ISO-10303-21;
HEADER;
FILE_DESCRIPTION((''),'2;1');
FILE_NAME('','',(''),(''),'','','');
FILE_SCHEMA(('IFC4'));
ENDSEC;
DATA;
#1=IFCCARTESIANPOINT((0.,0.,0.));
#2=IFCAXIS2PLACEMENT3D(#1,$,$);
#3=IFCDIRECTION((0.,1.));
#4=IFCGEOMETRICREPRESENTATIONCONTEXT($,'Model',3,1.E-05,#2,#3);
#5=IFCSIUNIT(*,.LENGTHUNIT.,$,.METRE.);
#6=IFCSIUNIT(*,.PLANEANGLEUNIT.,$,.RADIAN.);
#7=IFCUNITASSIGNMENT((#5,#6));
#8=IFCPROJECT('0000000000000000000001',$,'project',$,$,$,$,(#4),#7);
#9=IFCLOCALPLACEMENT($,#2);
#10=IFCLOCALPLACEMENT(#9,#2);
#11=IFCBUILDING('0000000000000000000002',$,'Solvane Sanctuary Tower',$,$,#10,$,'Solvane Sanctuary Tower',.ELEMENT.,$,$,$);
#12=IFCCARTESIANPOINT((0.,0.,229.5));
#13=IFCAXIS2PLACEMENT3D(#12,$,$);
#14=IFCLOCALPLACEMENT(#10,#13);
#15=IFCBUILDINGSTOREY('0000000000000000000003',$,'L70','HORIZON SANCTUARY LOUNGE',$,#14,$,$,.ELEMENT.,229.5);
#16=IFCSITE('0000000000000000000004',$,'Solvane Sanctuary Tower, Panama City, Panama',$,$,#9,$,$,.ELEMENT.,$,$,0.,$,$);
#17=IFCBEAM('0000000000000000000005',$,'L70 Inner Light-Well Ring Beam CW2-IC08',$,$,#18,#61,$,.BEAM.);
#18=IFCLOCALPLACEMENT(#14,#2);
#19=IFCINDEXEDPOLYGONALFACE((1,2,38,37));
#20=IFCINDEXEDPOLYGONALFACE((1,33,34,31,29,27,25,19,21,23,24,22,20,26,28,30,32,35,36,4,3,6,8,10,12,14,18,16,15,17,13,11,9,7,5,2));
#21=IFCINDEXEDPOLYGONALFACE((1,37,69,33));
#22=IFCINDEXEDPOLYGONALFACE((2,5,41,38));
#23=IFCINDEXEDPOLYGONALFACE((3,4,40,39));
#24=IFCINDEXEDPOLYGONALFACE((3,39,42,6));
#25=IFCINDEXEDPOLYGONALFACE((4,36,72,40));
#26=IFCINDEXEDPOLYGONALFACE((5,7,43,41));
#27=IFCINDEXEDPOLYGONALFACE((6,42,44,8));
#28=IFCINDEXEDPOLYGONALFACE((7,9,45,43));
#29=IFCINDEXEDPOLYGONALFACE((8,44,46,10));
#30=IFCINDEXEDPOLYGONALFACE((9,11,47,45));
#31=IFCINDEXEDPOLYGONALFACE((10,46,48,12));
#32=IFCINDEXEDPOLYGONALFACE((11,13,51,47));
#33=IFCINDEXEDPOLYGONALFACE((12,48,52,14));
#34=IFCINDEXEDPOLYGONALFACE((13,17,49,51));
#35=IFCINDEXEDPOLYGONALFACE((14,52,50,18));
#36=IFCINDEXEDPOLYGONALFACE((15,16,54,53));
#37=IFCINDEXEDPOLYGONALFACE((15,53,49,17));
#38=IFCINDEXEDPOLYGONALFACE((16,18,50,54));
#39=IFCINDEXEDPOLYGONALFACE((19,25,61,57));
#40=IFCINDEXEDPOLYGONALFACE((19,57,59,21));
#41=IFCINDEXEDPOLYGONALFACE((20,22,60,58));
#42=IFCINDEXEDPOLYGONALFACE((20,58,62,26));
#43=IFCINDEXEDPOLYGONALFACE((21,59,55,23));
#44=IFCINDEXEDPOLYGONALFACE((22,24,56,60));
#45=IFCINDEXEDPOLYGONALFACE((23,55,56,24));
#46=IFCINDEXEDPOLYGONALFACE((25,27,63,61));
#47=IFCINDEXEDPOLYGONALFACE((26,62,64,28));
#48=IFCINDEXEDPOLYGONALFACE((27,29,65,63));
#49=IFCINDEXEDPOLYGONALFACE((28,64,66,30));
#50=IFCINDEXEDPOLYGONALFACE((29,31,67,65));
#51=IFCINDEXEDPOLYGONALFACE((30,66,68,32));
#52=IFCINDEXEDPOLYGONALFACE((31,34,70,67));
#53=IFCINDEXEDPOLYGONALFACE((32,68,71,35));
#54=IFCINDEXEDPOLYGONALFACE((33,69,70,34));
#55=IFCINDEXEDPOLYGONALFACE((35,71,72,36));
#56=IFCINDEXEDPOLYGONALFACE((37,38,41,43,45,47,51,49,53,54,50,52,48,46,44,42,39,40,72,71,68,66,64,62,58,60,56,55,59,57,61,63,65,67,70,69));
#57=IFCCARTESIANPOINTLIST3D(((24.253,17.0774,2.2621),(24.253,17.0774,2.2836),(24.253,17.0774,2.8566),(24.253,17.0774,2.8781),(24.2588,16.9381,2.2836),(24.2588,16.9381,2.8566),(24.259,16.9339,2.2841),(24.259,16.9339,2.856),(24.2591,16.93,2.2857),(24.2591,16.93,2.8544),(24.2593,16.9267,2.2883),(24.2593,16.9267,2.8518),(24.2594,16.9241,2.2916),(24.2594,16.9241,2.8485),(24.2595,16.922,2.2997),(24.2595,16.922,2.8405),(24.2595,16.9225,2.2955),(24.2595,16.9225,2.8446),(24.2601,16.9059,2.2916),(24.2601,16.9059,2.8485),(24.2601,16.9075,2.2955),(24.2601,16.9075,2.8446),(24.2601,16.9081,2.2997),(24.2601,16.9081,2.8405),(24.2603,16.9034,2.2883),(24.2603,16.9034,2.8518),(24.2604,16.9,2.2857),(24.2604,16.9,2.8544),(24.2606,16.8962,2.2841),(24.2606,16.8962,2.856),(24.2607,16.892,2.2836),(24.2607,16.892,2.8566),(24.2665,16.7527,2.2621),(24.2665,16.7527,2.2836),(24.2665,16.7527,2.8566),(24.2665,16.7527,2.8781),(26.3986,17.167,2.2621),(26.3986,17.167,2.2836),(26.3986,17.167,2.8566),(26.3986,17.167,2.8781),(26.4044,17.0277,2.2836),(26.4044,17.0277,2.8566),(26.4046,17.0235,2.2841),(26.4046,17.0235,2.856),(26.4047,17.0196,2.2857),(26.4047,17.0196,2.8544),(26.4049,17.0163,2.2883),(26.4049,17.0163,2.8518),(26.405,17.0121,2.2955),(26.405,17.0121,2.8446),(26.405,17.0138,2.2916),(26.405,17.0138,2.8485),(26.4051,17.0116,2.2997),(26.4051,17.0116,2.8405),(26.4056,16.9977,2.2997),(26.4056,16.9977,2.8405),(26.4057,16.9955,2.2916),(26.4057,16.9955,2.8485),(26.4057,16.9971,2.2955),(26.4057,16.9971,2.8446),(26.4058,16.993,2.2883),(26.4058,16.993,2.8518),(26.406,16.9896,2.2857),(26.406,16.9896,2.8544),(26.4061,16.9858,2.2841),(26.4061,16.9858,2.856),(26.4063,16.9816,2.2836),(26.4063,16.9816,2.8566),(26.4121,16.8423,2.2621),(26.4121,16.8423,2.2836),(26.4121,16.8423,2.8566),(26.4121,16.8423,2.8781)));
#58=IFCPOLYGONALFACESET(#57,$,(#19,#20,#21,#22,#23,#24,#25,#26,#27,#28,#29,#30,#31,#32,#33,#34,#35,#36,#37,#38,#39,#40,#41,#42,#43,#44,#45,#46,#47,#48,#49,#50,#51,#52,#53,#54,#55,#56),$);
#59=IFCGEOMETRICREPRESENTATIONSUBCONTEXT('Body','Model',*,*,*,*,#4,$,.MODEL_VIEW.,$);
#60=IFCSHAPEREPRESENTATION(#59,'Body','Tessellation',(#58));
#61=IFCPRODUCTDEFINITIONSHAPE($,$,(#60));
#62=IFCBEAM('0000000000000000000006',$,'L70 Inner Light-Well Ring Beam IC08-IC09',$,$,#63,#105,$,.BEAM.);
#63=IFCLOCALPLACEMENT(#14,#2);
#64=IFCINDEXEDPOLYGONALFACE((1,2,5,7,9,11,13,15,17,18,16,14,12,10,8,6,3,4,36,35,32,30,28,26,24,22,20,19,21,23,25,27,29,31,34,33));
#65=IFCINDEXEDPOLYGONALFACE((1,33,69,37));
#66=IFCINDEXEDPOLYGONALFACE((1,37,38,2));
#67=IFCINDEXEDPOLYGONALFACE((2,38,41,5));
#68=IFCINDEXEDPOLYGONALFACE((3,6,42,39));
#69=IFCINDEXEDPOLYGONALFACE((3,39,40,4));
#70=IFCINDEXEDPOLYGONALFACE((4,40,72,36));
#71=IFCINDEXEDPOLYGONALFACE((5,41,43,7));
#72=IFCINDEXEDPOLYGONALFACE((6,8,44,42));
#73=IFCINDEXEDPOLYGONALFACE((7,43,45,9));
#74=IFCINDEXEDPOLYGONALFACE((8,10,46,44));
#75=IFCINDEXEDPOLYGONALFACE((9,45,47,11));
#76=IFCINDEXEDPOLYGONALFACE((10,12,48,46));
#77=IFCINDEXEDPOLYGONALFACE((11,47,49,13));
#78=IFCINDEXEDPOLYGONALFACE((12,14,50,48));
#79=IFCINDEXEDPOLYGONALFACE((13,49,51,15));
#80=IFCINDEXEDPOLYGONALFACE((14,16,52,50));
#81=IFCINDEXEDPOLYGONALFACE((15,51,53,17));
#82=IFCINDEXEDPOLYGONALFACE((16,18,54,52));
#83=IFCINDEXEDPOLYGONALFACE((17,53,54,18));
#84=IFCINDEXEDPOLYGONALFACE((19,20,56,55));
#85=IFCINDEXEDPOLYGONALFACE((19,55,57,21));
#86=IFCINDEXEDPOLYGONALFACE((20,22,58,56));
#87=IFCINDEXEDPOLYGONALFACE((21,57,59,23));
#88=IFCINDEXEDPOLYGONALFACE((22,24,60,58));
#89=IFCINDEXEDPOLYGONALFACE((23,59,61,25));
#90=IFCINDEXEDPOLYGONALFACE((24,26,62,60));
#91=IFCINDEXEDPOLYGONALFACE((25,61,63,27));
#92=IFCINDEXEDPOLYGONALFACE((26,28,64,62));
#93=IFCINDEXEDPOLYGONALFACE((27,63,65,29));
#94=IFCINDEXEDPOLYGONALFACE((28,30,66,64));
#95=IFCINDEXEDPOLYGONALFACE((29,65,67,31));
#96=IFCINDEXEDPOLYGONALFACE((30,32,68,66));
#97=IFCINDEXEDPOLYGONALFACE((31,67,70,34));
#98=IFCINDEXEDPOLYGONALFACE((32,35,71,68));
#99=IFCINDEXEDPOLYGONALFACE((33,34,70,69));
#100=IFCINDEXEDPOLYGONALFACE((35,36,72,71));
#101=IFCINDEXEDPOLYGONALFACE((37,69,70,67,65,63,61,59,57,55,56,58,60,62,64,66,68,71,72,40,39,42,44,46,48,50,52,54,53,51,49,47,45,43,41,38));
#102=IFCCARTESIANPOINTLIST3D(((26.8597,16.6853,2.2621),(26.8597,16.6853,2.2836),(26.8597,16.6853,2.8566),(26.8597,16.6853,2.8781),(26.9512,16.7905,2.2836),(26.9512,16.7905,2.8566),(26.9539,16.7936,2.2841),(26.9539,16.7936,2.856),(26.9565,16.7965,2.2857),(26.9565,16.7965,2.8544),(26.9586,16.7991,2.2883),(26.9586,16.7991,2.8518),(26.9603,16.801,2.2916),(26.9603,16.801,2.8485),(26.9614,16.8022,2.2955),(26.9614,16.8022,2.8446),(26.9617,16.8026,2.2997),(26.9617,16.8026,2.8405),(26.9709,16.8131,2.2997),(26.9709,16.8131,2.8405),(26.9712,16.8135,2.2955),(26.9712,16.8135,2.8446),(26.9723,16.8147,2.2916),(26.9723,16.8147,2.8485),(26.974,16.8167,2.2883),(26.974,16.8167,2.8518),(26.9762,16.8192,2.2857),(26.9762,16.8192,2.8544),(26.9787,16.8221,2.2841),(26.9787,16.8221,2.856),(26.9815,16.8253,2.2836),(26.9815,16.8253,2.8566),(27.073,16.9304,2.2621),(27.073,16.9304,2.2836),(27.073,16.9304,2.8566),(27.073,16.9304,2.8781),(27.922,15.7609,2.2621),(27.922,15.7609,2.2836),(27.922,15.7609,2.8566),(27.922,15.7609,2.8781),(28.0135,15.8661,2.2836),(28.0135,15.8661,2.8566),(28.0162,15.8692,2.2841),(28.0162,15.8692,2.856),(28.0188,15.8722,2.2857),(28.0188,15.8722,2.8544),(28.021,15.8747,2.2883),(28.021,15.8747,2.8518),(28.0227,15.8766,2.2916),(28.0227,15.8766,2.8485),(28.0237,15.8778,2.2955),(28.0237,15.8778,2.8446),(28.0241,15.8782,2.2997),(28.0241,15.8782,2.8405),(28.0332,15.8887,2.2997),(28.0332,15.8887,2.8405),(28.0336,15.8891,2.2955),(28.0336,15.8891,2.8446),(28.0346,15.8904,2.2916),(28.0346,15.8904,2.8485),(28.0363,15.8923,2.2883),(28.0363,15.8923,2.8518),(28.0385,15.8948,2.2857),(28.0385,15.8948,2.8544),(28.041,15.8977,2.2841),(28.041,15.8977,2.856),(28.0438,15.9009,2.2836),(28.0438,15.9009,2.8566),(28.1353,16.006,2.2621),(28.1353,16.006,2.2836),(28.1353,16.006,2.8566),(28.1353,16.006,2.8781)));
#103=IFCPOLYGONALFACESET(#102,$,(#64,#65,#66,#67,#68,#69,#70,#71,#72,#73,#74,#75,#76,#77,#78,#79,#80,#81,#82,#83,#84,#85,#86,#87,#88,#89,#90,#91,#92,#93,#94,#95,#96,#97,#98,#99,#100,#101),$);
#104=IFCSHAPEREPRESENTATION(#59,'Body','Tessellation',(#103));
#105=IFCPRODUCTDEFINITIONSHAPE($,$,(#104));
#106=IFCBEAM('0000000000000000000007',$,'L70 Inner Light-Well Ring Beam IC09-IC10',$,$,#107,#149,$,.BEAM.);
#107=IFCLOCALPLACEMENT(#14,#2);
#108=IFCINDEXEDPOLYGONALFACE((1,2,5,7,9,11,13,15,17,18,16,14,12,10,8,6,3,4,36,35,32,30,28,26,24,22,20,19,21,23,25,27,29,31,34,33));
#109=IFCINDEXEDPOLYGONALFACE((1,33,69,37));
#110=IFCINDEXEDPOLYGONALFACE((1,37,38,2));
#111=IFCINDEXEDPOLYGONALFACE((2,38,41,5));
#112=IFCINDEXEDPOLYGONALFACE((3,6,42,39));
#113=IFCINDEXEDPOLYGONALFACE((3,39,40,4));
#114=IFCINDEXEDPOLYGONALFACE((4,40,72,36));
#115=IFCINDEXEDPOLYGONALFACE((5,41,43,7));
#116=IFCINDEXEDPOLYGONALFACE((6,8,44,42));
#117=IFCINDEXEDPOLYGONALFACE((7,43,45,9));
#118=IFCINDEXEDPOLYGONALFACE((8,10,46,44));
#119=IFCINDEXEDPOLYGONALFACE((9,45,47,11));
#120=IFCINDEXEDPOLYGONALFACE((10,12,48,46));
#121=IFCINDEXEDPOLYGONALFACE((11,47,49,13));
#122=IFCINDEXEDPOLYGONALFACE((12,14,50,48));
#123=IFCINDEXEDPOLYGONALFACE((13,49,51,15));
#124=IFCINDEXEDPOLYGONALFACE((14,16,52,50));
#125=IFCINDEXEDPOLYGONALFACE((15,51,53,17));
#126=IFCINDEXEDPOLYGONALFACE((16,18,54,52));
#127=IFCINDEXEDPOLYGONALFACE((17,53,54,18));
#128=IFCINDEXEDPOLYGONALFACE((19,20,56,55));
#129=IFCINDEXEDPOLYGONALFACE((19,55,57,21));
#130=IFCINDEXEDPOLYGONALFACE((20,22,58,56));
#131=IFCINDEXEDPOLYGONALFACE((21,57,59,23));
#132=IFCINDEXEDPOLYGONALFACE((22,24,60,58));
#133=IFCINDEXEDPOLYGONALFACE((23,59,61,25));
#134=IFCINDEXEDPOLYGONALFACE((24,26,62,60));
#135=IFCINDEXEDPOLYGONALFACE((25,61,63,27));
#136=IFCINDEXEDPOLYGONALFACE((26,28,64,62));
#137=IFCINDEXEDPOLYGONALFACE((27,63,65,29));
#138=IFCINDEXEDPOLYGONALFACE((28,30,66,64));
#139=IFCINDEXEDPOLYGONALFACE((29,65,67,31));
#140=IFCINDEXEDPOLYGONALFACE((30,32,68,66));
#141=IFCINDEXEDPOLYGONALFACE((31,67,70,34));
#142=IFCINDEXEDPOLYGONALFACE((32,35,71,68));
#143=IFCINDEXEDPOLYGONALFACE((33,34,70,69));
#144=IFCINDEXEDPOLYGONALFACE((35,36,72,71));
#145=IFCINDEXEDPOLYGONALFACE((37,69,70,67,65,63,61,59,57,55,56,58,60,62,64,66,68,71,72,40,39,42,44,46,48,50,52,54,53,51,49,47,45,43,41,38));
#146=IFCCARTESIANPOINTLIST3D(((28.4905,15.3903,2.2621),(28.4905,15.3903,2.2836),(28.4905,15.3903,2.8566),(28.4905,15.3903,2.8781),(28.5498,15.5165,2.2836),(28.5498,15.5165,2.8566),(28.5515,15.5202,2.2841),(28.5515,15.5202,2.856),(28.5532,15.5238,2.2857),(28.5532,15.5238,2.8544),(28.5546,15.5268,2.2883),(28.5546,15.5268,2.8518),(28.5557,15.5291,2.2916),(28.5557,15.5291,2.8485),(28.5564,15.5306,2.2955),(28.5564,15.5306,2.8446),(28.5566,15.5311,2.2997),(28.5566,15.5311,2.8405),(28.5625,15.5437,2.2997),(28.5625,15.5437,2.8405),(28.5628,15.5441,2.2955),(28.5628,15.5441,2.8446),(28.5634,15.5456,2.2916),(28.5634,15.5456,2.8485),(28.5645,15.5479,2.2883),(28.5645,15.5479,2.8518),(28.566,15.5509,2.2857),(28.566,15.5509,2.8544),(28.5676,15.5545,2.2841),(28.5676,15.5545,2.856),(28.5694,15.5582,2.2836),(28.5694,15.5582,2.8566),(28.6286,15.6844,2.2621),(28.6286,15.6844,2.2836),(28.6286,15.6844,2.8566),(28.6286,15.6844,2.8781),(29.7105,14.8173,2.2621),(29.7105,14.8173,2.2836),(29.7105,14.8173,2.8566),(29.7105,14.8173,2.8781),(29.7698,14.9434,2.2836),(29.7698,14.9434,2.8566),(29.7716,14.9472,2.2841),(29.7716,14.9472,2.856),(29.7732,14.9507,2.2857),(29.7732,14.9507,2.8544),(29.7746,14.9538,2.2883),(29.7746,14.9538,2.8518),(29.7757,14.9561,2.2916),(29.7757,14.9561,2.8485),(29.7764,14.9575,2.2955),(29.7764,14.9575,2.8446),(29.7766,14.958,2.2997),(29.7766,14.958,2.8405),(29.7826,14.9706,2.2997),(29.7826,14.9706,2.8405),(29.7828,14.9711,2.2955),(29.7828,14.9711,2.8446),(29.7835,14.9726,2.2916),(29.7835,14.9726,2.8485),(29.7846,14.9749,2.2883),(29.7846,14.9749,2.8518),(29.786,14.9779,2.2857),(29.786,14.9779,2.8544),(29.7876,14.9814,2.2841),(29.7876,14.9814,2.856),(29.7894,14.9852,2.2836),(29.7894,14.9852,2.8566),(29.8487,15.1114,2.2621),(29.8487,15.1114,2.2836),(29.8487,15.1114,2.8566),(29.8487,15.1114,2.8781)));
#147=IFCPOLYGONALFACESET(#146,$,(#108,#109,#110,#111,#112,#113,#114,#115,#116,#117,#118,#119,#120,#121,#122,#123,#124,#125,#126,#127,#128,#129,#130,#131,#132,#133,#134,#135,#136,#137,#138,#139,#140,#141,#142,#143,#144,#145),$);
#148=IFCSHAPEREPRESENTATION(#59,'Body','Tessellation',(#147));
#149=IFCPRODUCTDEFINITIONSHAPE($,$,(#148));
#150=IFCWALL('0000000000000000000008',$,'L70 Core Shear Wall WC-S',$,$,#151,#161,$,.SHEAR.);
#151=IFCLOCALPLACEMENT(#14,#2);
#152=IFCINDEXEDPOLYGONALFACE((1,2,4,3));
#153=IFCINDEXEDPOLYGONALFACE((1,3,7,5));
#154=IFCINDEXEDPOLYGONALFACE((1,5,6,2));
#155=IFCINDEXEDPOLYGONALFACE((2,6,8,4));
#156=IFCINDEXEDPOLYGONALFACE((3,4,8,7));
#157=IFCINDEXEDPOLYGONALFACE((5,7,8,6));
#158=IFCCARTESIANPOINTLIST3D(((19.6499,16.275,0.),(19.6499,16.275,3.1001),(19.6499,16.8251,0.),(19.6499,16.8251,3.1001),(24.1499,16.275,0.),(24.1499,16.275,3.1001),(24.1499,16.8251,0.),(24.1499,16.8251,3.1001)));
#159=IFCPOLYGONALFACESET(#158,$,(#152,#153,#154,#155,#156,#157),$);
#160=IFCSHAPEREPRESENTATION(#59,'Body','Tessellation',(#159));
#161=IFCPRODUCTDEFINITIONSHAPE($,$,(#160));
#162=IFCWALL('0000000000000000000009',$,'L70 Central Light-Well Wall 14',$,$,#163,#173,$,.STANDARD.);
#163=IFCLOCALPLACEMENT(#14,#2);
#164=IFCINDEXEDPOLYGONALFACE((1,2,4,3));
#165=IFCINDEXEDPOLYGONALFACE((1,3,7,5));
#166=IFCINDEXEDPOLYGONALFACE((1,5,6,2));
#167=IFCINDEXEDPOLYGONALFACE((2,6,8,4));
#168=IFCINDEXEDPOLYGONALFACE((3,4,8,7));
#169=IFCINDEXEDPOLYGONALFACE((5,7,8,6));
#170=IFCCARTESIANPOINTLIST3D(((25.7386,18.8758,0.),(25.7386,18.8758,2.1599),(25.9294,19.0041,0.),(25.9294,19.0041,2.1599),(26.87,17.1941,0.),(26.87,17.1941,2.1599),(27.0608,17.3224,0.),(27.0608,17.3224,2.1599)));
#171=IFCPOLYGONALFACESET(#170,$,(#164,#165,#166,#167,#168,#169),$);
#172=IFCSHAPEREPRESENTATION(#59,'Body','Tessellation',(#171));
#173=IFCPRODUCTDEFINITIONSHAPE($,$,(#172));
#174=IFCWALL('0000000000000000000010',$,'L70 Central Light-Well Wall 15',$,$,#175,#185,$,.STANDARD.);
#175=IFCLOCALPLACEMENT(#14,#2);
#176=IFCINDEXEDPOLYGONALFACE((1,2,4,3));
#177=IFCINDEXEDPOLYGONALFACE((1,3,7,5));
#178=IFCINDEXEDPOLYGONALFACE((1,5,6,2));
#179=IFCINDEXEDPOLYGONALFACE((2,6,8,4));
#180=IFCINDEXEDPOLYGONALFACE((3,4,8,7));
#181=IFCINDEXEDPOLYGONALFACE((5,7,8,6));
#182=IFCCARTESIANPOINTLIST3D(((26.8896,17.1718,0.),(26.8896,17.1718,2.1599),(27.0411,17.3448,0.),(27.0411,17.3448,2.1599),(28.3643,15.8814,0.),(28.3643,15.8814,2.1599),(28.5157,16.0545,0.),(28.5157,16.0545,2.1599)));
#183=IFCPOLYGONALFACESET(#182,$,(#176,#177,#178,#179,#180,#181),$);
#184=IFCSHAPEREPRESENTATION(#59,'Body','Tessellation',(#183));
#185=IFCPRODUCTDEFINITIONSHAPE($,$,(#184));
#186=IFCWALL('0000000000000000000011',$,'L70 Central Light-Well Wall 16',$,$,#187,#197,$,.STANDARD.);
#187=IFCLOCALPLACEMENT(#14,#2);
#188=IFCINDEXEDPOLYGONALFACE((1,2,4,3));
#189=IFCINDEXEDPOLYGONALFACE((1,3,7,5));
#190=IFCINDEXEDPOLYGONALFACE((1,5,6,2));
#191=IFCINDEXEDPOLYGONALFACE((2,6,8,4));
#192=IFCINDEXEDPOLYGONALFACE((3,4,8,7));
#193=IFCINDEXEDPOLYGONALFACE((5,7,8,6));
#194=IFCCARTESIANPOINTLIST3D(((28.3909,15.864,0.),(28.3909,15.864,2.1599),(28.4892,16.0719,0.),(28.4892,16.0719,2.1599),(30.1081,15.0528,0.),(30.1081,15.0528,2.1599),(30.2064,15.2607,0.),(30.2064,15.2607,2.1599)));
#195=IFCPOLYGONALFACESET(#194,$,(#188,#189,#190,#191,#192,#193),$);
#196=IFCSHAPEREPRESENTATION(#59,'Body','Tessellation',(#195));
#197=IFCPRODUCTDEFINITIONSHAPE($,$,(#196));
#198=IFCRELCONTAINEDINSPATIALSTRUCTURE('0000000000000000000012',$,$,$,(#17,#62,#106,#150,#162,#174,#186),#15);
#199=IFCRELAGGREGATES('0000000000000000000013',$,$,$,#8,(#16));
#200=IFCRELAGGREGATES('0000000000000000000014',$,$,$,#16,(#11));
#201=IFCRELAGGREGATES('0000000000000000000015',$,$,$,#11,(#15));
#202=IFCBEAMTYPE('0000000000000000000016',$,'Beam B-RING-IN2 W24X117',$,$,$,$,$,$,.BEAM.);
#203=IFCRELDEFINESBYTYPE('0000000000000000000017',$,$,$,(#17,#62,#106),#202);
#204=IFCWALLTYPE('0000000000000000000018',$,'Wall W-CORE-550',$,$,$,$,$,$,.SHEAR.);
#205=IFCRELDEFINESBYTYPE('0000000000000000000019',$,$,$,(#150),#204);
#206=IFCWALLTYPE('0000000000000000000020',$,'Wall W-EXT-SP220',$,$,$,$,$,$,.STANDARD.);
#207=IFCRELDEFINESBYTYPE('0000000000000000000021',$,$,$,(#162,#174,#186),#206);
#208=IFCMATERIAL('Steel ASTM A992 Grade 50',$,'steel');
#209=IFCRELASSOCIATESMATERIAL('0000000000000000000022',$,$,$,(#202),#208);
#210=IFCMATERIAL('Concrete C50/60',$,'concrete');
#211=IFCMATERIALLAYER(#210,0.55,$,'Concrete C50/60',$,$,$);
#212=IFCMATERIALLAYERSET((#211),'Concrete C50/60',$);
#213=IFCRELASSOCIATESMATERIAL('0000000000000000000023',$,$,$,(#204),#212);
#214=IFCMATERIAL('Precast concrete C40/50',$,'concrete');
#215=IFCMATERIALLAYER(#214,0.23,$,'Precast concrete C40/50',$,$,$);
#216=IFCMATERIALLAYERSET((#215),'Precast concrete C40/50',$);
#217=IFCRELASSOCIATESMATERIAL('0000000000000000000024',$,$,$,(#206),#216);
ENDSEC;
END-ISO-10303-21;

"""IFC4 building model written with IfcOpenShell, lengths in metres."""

from ifc_helpers import new_model, si_unit, direction, frame, frame_2d, origin, origin_2d, place, context, subcontext, project, spatial, rectangle, i_section, extrude, material, layer, layer_set, material_profile, profile_set, type_object, element, save


model = new_model("IFC4")

# Units and contexts
model_context = context("Model", 3, precision=1e-05, world=origin(), true_north=direction((0.0, 1.0)))
body_context = subcontext(model_context, "Body", "Model", "MODEL_VIEW")
ifc_project = project(units=[si_unit("LENGTHUNIT", "METRE"), si_unit("PLANEANGLEUNIT", "RADIAN")], contexts=[model_context])

# Site, building, storey
site_placement = place(None, origin())
site = spatial("IfcSite", under=ifc_project, at=site_placement, Name="Solvane Sanctuary Tower, Panama City, Panama", CompositionType="ELEMENT", RefElevation=0.0)
building_placement = place(site_placement, origin())
building = spatial("IfcBuilding", under=site, at=building_placement, Name="Solvane Sanctuary Tower", LongName="Solvane Sanctuary Tower", CompositionType="ELEMENT")
storey_placement = place(building_placement, frame((0.0, 0.0, 229.5)))
storey = spatial("IfcBuildingStorey", under=building, at=storey_placement, Name="L70", Description="HORIZON SANCTUARY LOUNGE", CompositionType="ELEMENT", Elevation=229.5)

# Shared definitions
ifc_material_1 = material(Name="Concrete C50/60", Category="concrete")

# Beams
ifc_material_2 = material(Name="Steel ASTM A992 Grade 50", Category="steel")
ifc_material_profile_1 = material_profile(ifc_material_2, i_section(OverallWidth=0.325, OverallDepth=0.616, WebThickness=0.0139, FlangeThickness=0.0215, FilletRadius=0.0161, at=origin_2d()), Name="W24X117")
ifc_profile_set_1 = profile_set([ifc_material_profile_1], Name="Steel ASTM A992 Grade 50")
beam_type_1 = type_object("IfcBeamType", Name="Beam B-RING-IN2 W24X117", PredefinedType="BEAM", material=ifc_profile_set_1)
beam_1_placement = place(storey_placement, frame((24.2598, 16.915, 2.5701), z_axis=(0.999129, 0.041725, 0.0), x_axis=(-0.041725, 0.999129, 0.0)))
element("IfcBeam", 1, at=beam_1_placement, inside=storey, type_object=beam_type_1, Name="L70 Inner Light-Well Ring Beam CW2-IC08", PredefinedType="BEAM", context=body_context, shape_type="SweptSolid", body=[
    extrude(i_section(OverallWidth=0.325, OverallDepth=0.616, WebThickness=0.0139, FlangeThickness=0.0215, FilletRadius=0.0161, at=origin_2d()), origin(), (0.0, 0.0, 1.0), 2.1475),
])
beam_2_placement = place(storey_placement, frame((26.9663, 16.8079, 2.5701), z_axis=(0.754389, -0.656428, 0.0), x_axis=(0.656428, 0.754389, 0.0)))
element("IfcBeam", 2, at=beam_2_placement, inside=storey, type_object=beam_type_1, Name="L70 Inner Light-Well Ring Beam IC08-IC09", PredefinedType="BEAM", context=body_context, shape_type="SweptSolid", body=[
    extrude(i_section(OverallWidth=0.325, OverallDepth=0.616, WebThickness=0.0139, FlangeThickness=0.0215, FilletRadius=0.0161, at=origin_2d()), origin(), (0.0, 0.0, 1.0), 1.4082),
])
beam_3_placement = place(storey_placement, frame((28.5596, 15.5374, 2.5701), z_axis=(0.905135, -0.425125, 0.0), x_axis=(0.425125, 0.905135, 0.0)))
element("IfcBeam", 3, at=beam_3_placement, inside=storey, type_object=beam_type_1, Name="L70 Inner Light-Well Ring Beam IC09-IC10", PredefinedType="BEAM", context=body_context, shape_type="SweptSolid", body=[
    extrude(i_section(OverallWidth=0.325, OverallDepth=0.616, WebThickness=0.0139, FlangeThickness=0.0215, FilletRadius=0.0161, at=origin_2d()), origin(), (0.0, 0.0, 1.0), 1.3479),
])

# Walls
ifc_layer_1 = layer(ifc_material_1, 0.55, Name="Concrete C50/60")
ifc_layer_set_1 = layer_set([ifc_layer_1], Name="Concrete C50/60")
wall_type_1 = type_object("IfcWallType", Name="Wall W-CORE-550", PredefinedType="SHEAR", material=ifc_layer_set_1)
wall_1_placement = place(storey_placement, frame((19.6499, 16.55, 0.0), z_axis=(0.0, 0.0, 1.0), x_axis=(1.0, 0.0, 0.0)))
element("IfcWall", 4, at=wall_1_placement, inside=storey, type_object=wall_type_1, Name="L70 Core Shear Wall WC-S", PredefinedType="SHEAR", context=body_context, shape_type="SweptSolid", body=[
    extrude(rectangle(XDim=4.5, YDim=0.55, at=frame_2d((2.25, 0.0))), origin(), (0.0, 0.0, 1.0), 3.1001),
])
ifc_material_3 = material(Name="Precast concrete C40/50", Category="concrete")
ifc_layer_2 = layer(ifc_material_3, 0.23, Name="Precast concrete C40/50")
ifc_layer_set_2 = layer_set([ifc_layer_2], Name="Precast concrete C40/50")
wall_type_2 = type_object("IfcWallType", Name="Wall W-EXT-SP220", PredefinedType="STANDARD", material=ifc_layer_set_2)
wall_2_placement = place(storey_placement, frame((25.834, 18.9399, 0.0), z_axis=(0.0, 0.0, 1.0), x_axis=(0.558198, -0.829708, 0.0)))
element("IfcWall", 5, at=wall_2_placement, inside=storey, type_object=wall_type_2, Name="L70 Central Light-Well Wall 14", PredefinedType="STANDARD", context=body_context, shape_type="SweptSolid", body=[
    extrude(rectangle(XDim=2.0269, YDim=0.23, at=frame_2d((1.0134, 0.0))), origin(), (0.0, 0.0, 1.0), 2.1599),
])
wall_3_placement = place(storey_placement, frame((26.9653, 17.2583, 0.0), z_axis=(0.0, 0.0, 1.0), x_axis=(0.752577, -0.658505, 0.0)))
element("IfcWall", 6, at=wall_3_placement, inside=storey, type_object=wall_type_2, Name="L70 Central Light-Well Wall 15", PredefinedType="STANDARD", context=body_context, shape_type="SweptSolid", body=[
    extrude(rectangle(XDim=1.9595, YDim=0.23, at=frame_2d((0.9797, 0.0))), origin(), (0.0, 0.0, 1.0), 2.1599),
])
wall_4_placement = place(storey_placement, frame((28.4399, 15.968, 0.0), z_axis=(0.0, 0.0, 1.0), x_axis=(0.90418, -0.427152, 0.0)))
element("IfcWall", 7, at=wall_4_placement, inside=storey, type_object=wall_type_2, Name="L70 Central Light-Well Wall 16", PredefinedType="STANDARD", context=body_context, shape_type="SweptSolid", body=[
    extrude(rectangle(XDim=1.8992, YDim=0.23, at=frame_2d((0.9497, 0.0))), origin(), (0.0, 0.0, 1.0), 2.1599),
])

save(model, "model.ifc")
